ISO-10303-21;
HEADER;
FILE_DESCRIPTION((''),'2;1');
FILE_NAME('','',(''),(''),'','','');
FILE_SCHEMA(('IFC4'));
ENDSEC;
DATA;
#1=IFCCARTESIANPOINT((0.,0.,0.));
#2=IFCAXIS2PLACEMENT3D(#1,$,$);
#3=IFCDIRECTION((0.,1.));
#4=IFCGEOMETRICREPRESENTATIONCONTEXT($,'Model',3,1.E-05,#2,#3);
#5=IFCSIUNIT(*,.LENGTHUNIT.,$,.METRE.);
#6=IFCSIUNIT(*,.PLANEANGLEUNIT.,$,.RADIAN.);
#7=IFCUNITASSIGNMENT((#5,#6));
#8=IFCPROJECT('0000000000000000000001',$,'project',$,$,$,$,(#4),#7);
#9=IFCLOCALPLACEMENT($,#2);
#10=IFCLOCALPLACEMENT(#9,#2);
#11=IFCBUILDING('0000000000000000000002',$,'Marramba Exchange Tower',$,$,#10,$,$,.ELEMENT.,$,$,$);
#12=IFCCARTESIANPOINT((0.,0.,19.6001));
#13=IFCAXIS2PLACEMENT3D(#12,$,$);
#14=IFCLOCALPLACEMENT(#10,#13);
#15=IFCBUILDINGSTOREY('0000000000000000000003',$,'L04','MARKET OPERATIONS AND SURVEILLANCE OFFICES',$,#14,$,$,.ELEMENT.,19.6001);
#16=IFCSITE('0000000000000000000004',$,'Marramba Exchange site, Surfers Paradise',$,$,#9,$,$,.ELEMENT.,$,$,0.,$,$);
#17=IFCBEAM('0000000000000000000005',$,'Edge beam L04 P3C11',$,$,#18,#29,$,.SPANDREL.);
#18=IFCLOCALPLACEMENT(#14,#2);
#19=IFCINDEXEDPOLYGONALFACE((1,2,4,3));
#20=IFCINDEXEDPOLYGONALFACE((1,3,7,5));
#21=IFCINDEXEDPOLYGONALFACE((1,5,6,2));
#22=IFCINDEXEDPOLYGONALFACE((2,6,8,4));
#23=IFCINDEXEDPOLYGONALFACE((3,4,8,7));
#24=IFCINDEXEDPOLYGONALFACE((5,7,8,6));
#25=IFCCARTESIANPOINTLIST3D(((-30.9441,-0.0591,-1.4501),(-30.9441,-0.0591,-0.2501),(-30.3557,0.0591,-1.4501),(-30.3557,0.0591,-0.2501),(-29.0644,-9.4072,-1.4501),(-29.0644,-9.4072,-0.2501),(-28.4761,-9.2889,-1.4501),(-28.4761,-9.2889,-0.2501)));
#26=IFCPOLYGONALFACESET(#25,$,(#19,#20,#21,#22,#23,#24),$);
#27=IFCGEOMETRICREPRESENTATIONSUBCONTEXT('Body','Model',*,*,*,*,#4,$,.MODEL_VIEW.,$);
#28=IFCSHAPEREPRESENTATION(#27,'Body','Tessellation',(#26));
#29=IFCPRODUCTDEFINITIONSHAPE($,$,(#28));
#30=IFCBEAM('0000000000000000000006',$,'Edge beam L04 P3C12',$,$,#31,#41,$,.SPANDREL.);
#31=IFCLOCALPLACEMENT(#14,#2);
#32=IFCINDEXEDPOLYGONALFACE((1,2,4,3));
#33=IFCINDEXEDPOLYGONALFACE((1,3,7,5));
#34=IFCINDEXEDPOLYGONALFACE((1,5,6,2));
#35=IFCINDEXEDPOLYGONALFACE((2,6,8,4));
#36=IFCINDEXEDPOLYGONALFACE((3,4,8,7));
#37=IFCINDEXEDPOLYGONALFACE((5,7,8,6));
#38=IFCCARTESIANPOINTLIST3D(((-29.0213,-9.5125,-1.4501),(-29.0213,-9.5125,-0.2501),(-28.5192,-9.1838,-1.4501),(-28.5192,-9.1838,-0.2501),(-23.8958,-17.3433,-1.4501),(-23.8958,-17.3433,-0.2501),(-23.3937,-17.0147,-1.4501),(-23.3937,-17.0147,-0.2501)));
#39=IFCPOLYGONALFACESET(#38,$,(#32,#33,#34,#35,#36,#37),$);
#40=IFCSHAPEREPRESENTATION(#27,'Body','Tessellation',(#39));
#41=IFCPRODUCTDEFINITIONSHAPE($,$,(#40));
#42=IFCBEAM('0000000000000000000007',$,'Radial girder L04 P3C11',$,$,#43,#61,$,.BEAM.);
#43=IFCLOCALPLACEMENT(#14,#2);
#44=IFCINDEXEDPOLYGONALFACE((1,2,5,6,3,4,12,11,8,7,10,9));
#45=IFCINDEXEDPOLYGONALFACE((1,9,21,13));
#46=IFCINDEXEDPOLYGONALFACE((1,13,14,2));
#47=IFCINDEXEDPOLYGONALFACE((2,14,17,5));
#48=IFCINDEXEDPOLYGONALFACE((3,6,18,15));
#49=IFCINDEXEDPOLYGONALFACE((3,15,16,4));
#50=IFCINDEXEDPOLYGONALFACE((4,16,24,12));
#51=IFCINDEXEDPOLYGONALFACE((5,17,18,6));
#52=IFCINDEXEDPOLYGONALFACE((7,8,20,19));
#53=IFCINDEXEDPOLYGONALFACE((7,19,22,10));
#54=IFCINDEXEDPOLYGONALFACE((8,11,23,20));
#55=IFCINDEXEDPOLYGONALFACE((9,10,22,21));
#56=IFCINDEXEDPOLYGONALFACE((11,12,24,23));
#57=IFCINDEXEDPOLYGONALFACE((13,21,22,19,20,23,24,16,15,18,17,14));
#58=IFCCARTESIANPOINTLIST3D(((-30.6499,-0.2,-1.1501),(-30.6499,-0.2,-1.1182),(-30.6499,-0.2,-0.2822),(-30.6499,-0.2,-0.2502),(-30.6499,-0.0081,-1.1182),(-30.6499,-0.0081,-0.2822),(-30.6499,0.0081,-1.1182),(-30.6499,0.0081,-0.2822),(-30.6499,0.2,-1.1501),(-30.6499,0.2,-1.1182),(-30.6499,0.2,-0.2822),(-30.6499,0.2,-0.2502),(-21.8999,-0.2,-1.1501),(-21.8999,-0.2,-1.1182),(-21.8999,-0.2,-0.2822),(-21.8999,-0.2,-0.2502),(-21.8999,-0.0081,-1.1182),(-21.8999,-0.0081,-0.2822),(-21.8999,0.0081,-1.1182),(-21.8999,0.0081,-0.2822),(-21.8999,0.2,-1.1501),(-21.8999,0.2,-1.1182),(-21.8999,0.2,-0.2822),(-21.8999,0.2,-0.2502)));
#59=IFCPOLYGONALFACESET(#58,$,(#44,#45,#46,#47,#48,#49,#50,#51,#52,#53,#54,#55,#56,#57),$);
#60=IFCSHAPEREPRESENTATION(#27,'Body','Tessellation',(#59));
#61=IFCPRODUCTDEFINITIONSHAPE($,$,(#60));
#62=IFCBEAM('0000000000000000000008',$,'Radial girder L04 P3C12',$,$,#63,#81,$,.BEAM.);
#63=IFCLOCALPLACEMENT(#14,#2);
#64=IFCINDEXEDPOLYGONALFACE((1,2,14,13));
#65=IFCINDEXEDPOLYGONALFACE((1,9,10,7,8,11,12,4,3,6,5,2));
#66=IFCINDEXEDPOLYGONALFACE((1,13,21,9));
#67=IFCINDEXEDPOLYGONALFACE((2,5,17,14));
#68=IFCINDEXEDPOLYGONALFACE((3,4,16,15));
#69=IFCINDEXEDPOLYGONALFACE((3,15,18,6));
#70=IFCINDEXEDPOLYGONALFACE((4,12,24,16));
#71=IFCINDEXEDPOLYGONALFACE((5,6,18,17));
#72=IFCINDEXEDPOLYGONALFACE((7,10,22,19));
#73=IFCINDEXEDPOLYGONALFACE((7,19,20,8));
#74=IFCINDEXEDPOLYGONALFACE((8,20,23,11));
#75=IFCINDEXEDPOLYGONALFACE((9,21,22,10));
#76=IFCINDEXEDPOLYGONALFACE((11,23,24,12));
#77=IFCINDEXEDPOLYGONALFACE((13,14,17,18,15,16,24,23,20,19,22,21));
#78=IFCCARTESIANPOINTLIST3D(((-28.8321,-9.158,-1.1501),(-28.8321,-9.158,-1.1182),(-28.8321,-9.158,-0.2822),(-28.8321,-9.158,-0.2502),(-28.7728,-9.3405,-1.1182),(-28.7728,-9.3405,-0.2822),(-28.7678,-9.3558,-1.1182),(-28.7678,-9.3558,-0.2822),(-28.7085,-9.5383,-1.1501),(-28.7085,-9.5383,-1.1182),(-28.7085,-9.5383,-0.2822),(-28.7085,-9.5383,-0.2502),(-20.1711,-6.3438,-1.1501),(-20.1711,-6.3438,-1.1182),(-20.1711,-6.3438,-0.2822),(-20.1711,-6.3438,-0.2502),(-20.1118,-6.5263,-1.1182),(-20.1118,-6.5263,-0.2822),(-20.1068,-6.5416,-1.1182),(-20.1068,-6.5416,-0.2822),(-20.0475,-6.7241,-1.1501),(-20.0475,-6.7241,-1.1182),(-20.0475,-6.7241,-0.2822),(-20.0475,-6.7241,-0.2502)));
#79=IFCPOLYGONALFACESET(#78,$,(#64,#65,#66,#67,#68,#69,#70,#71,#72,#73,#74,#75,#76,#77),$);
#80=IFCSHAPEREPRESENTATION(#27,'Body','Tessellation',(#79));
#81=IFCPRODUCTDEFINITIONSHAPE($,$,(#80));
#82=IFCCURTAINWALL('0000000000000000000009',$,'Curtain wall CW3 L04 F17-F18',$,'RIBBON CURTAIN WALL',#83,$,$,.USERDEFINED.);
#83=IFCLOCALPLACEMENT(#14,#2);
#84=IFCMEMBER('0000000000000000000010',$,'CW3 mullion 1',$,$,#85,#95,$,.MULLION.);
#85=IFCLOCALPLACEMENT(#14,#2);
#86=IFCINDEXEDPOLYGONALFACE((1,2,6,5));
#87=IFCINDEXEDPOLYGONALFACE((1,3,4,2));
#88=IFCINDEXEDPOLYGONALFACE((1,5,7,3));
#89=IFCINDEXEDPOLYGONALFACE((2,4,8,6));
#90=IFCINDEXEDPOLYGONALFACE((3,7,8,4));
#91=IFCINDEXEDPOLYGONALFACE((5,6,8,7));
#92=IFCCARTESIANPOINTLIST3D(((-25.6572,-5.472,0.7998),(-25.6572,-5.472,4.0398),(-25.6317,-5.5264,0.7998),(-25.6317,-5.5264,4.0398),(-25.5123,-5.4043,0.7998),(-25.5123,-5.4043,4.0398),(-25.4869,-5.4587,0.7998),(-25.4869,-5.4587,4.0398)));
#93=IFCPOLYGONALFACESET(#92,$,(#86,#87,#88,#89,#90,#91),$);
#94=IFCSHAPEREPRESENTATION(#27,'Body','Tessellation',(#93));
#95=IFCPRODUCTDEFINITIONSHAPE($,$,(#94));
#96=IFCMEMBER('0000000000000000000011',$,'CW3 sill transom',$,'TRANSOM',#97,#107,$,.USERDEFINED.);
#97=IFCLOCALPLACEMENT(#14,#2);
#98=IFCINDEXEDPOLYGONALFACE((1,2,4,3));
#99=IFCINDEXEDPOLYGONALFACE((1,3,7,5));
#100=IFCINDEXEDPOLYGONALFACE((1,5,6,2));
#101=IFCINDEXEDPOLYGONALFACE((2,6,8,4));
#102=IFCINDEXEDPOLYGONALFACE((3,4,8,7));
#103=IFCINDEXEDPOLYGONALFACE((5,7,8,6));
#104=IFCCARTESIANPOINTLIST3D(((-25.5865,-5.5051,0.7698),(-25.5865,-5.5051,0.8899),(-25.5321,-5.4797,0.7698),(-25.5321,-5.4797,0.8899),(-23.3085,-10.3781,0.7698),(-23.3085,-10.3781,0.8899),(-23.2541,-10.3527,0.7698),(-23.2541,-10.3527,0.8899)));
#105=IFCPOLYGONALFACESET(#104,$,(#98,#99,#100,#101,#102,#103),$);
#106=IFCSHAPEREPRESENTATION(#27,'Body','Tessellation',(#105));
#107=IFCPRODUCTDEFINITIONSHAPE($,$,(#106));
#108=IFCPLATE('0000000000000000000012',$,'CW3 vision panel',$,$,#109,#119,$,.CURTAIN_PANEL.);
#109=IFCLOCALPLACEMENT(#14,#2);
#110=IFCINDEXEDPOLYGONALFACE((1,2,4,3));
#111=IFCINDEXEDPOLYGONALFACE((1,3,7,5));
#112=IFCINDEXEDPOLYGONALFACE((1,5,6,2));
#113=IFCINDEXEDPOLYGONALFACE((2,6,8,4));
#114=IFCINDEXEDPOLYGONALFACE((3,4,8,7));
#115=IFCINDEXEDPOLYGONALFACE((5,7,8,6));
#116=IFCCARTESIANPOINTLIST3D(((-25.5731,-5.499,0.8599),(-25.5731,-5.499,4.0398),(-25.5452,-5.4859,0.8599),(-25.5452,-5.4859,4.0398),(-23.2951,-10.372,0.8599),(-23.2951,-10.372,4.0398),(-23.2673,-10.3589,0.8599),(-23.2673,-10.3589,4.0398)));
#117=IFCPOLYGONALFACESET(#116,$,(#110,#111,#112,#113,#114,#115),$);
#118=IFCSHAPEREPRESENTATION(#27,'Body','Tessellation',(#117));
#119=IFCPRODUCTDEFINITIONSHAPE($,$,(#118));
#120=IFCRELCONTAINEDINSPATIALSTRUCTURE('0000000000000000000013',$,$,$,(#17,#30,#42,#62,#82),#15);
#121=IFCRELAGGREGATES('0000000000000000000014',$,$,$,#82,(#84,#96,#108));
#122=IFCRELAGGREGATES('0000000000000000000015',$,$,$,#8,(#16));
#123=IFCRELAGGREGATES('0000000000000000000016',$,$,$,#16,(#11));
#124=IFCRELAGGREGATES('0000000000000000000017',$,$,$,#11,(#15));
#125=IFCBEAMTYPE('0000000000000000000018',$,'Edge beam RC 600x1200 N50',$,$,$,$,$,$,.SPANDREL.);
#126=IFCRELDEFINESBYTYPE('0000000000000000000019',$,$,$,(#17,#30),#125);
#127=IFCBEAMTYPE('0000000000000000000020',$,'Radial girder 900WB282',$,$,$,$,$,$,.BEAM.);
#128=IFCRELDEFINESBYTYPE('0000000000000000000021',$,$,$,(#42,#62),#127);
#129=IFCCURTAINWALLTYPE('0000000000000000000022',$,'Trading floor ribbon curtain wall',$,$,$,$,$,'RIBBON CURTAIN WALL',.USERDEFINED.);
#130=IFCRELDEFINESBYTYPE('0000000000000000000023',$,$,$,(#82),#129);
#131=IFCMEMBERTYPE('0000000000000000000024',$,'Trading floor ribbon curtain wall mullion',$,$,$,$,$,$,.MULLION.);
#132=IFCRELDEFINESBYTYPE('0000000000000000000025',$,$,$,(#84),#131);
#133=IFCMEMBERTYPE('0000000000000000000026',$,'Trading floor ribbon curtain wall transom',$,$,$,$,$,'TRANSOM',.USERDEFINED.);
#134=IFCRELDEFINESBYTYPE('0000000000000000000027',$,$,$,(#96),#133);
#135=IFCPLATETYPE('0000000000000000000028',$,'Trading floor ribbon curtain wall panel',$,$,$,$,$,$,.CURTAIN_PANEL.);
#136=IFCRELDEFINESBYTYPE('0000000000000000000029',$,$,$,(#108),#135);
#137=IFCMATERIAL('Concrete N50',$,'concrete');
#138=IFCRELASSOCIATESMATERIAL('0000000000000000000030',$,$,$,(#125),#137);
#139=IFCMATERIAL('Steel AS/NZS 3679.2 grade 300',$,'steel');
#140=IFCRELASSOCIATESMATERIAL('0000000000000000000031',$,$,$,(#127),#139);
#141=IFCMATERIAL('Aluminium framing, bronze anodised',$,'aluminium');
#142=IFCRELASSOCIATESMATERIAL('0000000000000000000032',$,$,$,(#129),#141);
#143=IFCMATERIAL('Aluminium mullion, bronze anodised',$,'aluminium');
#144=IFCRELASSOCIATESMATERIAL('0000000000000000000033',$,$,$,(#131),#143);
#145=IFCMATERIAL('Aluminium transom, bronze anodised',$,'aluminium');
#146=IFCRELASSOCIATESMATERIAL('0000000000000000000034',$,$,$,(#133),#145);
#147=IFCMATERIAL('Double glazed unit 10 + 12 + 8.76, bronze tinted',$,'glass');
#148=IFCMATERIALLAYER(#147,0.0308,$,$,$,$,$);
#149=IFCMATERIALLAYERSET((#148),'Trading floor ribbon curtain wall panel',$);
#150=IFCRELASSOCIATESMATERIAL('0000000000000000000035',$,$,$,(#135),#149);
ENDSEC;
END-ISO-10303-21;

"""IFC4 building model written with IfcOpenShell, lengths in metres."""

from ifc_helpers import new_model, si_unit, direction, frame, origin, origin_2d, place, context, subcontext, project, spatial, rectangle, i_section, extrude, material, layer, layer_set, material_profile, profile_set, type_object, element, aggregate, save


model = new_model("IFC4")

# Units and contexts
model_context = context("Model", 3, precision=1e-05, world=origin(), true_north=direction((0.0, 1.0)))
body_context = subcontext(model_context, "Body", "Model", "MODEL_VIEW")
ifc_project = project(units=[si_unit("LENGTHUNIT", "METRE"), si_unit("PLANEANGLEUNIT", "RADIAN")], contexts=[model_context])

# Site, building, storey
site_placement = place(None, origin())
site = spatial("IfcSite", under=ifc_project, at=site_placement, Name="Marramba Exchange site, Surfers Paradise", CompositionType="ELEMENT", RefElevation=0.0)
building_placement = place(site_placement, origin())
building = spatial("IfcBuilding", under=site, at=building_placement, Name="Marramba Exchange Tower", CompositionType="ELEMENT")
storey_placement = place(building_placement, frame((0.0, 0.0, 19.6001)))
storey = spatial("IfcBuildingStorey", under=building, at=storey_placement, Name="L04", Description="MARKET OPERATIONS AND SURVEILLANCE OFFICES", CompositionType="ELEMENT", Elevation=19.6001)

# Beams
ifc_material_1 = material(Name="Concrete N50", Category="concrete")
ifc_material_profile_1 = material_profile(ifc_material_1, rectangle(XDim=0.6001, YDim=1.2, at=origin_2d()), Name="RC 600x1200")
ifc_profile_set_1 = profile_set([ifc_material_profile_1], Name="Concrete N50")
beam_type_1 = type_object("IfcBeamType", Name="Edge beam RC 600x1200 N50", PredefinedType="SPANDREL", material=ifc_profile_set_1)
beam_1_placement = place(storey_placement, frame((-30.6499, 0.0, -0.8501), z_axis=(0.197125, -0.980378, 0.0), x_axis=(0.980378, 0.197125, 0.0)))
element("IfcBeam", 1, at=beam_1_placement, inside=storey, type_object=beam_type_1, Name="Edge beam L04 P3C11", PredefinedType="SPANDREL", context=body_context, shape_type="SweptSolid", body=[
    extrude(rectangle(XDim=0.6001, YDim=1.2, at=origin_2d()), origin(), (0.0, 0.0, 1.0), 9.5352),
])
beam_2_placement = place(storey_placement, frame((-28.7703, -9.3481, -0.8501), z_axis=(0.547649, -0.836708, 0.0), x_axis=(0.836708, 0.547649, 0.0)))
element("IfcBeam", 2, at=beam_2_placement, inside=storey, type_object=beam_type_1, Name="Edge beam L04 P3C12", PredefinedType="SPANDREL", context=body_context, shape_type="SweptSolid", body=[
    extrude(rectangle(XDim=0.6001, YDim=1.2, at=origin_2d()), origin(), (0.0, 0.0, 1.0), 9.3591),
])
ifc_material_2 = material(Name="Steel AS/NZS 3679.2 grade 300", Category="steel")
ifc_material_profile_2 = material_profile(ifc_material_2, i_section(OverallWidth=0.3999, OverallDepth=0.8999, WebThickness=0.0161, FlangeThickness=0.032, at=origin_2d()), Name="900WB282")
ifc_profile_set_2 = profile_set([ifc_material_profile_2], Name="Steel AS/NZS 3679.2 grade 300")
beam_type_2 = type_object("IfcBeamType", Name="Radial girder 900WB282", PredefinedType="BEAM", material=ifc_profile_set_2)
beam_3_placement = place(storey_placement, frame((-30.6499, 0.0, -0.7002), z_axis=(1.0, 0.0, 0.0), x_axis=(0.0, 1.0, 0.0)))
element("IfcBeam", 3, at=beam_3_placement, inside=storey, type_object=beam_type_2, Name="Radial girder L04 P3C11", PredefinedType="BEAM", context=body_context, shape_type="SweptSolid", body=[
    extrude(i_section(OverallWidth=0.3999, OverallDepth=0.8999, WebThickness=0.0161, FlangeThickness=0.032, at=origin_2d()), origin(), (0.0, 0.0, 1.0), 8.75),
])
beam_4_placement = place(storey_placement, frame((-28.7703, -9.3481, -0.7002), z_axis=(0.951053, 0.309028, 0.0), x_axis=(-0.309028, 0.951053, 0.0)))
element("IfcBeam", 4, at=beam_4_placement, inside=storey, type_object=beam_type_2, Name="Radial girder L04 P3C12", PredefinedType="BEAM", context=body_context, shape_type="SweptSolid", body=[
    extrude(i_section(OverallWidth=0.3999, OverallDepth=0.8999, WebThickness=0.0161, FlangeThickness=0.032, at=origin_2d()), origin(), (0.0, 0.0, 1.0), 9.1067),
])

# Curtain wall, members, plate
ifc_material_3 = material(Name="Aluminium framing, bronze anodised", Category="aluminium")
curtain_wall_type = type_object("IfcCurtainWallType", Name="Trading floor ribbon curtain wall", ElementType="RIBBON CURTAIN WALL", PredefinedType="USERDEFINED", material=ifc_material_3)
curtain_wall_placement = place(storey_placement, origin())
curtain_wall = element("IfcCurtainWall", 5, at=curtain_wall_placement, inside=storey, type_object=curtain_wall_type, Name="Curtain wall CW3 L04 F17-F18", ObjectType="RIBBON CURTAIN WALL", PredefinedType="USERDEFINED")
ifc_material_4 = material(Name="Aluminium mullion, bronze anodised", Category="aluminium")
ifc_material_profile_3 = material_profile(ifc_material_4, rectangle(XDim=0.1599, YDim=0.0601, at=origin_2d()), Name="CW3 mullion 60x160")
ifc_profile_set_3 = profile_set([ifc_material_profile_3], Name="Aluminium mullion, bronze anodised")
member_type_1 = type_object("IfcMemberType", Name="Trading floor ribbon curtain wall mullion", PredefinedType="MULLION", material=ifc_profile_set_3)
member_1_placement = place(storey_placement, frame((-25.572, -5.4653, 0.7998), z_axis=(0.0, 0.0, 1.0), x_axis=(0.905907, 0.423477, 0.0)))
member_1 = element("IfcMember", 6, at=member_1_placement, type_object=member_type_1, Name="CW3 mullion 1", PredefinedType="MULLION", context=body_context, shape_type="SweptSolid", body=[
    extrude(rectangle(XDim=0.1599, YDim=0.0601, at=origin_2d()), origin(), (0.0, 0.0, 1.0), 3.24),
])
ifc_material_5 = material(Name="Aluminium transom, bronze anodised", Category="aluminium")
ifc_material_profile_4 = material_profile(ifc_material_5, rectangle(XDim=0.0601, YDim=0.1201, at=origin_2d()), Name="CW3 transom 60x120")
ifc_profile_set_4 = profile_set([ifc_material_profile_4], Name="Aluminium transom, bronze anodised")
member_type_2 = type_object("IfcMemberType", Name="Trading floor ribbon curtain wall transom", ElementType="TRANSOM", PredefinedType="USERDEFINED", material=ifc_profile_set_4)
member_2_placement = place(storey_placement, frame((-25.5593, -5.4924, 0.8298), z_axis=(0.423494, -0.905899, 0.0), x_axis=(0.905899, 0.423494, 0.0)))
member_2 = element("IfcMember", 7, at=member_2_placement, type_object=member_type_2, Name="CW3 sill transom", ObjectType="TRANSOM", PredefinedType="USERDEFINED", context=body_context, shape_type="SweptSolid", body=[
    extrude(rectangle(XDim=0.0601, YDim=0.1201, at=origin_2d()), origin(), (0.0, 0.0, 1.0), 5.3792),
])
ifc_material_6 = material(Name="Double glazed unit 10 + 12 + 8.76, bronze tinted", Category="glass")
ifc_layer_1 = layer(ifc_material_6, 0.0308)
ifc_layer_set_1 = layer_set([ifc_layer_1], Name="Trading floor ribbon curtain wall panel")
plate_type = type_object("IfcPlateType", Name="Trading floor ribbon curtain wall panel", PredefinedType="CURTAIN_PANEL", material=ifc_layer_set_1)
plate_placement = place(storey_placement, frame((-24.4202, -7.929, 0.8599), z_axis=(0.0, 0.0, 1.0), x_axis=(0.423477, -0.905907, 0.0)))
plate = element("IfcPlate", 8, at=plate_placement, type_object=plate_type, Name="CW3 vision panel", PredefinedType="CURTAIN_PANEL", context=body_context, shape_type="SweptSolid", body=[
    extrude(rectangle(XDim=5.3792, YDim=0.0308, at=origin_2d()), origin(), (0.0, 0.0, 1.0), 3.1799),
])
aggregate(curtain_wall, [member_1, member_2, plate])

save(model, "model.ifc")
